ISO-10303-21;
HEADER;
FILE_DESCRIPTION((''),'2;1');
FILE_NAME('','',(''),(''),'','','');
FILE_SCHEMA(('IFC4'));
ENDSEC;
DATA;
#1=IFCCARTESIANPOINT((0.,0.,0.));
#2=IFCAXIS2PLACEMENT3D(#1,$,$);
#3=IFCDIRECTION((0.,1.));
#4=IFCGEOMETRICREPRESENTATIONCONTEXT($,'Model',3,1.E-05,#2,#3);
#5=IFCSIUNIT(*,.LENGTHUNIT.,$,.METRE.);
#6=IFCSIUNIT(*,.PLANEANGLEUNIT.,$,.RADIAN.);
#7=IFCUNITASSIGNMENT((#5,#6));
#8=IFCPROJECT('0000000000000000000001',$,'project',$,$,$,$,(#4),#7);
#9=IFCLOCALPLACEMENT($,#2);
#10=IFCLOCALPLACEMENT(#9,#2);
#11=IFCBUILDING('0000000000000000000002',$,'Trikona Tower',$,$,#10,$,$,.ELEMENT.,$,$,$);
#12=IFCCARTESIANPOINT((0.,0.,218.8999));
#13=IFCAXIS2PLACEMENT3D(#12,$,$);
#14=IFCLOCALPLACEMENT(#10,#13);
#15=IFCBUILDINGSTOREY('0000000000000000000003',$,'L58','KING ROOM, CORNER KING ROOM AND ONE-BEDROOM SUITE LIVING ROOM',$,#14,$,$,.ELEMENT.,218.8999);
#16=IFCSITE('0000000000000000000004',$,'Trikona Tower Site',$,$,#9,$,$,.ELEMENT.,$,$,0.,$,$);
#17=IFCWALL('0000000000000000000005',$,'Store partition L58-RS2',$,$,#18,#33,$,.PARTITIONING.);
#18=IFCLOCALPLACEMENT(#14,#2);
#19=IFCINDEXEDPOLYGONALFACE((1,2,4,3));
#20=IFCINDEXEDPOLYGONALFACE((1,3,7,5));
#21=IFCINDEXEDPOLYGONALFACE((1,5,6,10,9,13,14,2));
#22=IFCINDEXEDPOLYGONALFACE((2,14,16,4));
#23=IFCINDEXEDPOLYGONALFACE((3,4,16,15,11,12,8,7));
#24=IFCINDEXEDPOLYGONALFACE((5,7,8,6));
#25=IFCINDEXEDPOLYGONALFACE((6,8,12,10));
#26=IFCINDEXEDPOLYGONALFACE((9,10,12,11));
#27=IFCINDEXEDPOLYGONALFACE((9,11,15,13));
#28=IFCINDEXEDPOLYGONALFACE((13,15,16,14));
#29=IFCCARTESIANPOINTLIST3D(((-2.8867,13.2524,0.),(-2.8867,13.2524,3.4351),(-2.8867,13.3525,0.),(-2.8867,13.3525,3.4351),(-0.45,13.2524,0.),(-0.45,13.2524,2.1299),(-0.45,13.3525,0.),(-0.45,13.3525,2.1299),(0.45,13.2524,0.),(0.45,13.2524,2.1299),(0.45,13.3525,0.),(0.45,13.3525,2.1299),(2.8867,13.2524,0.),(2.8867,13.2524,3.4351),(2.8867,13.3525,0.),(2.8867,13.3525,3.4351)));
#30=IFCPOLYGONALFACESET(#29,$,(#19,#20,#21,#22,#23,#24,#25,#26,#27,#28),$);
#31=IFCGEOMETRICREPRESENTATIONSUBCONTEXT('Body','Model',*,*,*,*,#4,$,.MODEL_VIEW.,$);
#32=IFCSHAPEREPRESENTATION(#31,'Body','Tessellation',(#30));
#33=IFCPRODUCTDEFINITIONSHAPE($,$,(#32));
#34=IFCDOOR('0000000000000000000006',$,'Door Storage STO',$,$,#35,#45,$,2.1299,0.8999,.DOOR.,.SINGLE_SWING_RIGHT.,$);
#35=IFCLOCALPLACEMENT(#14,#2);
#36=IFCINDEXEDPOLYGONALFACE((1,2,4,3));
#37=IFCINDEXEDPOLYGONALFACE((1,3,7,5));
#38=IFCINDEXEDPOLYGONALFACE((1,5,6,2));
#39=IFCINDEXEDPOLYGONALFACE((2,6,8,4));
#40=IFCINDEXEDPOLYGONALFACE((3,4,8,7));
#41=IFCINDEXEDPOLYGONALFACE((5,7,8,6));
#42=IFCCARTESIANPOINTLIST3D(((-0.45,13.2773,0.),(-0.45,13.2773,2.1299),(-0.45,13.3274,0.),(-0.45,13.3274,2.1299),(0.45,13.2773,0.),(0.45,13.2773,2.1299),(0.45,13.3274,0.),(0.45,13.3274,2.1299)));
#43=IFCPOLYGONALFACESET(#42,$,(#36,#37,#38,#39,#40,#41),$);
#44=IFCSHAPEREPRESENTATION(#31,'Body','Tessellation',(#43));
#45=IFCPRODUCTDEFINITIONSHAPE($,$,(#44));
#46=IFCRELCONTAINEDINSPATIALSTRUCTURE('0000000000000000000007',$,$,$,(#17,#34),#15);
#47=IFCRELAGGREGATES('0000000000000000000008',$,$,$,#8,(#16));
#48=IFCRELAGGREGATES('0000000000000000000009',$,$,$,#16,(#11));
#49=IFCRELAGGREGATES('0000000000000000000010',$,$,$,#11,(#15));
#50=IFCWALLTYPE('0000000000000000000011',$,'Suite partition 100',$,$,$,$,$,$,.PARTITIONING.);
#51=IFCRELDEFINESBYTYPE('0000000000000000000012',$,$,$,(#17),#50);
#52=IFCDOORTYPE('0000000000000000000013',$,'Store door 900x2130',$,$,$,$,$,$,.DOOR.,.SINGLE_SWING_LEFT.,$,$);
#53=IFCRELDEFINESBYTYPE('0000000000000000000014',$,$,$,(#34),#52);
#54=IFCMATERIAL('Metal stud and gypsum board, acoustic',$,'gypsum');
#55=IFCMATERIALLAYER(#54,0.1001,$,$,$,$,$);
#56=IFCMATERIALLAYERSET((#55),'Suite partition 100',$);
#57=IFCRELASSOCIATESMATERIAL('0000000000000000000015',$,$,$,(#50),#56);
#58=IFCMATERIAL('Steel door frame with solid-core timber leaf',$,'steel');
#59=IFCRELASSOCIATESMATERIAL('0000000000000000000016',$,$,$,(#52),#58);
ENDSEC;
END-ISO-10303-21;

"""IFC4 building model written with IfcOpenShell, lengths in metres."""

from ifc_helpers import new_model, si_unit, direction, frame, frame_2d, origin, place, context, subcontext, project, spatial, rectangle, extrude, material, layer, layer_set, type_object, element, fill, save


model = new_model("IFC4")

# Units and contexts
model_context = context("Model", 3, precision=1e-05, world=origin(), true_north=direction((0.0, 1.0)))
body_context = subcontext(model_context, "Body", "Model", "MODEL_VIEW")
ifc_project = project(units=[si_unit("LENGTHUNIT", "METRE"), si_unit("PLANEANGLEUNIT", "RADIAN")], contexts=[model_context])

# Site, building, storey
site_placement = place(None, origin())
site = spatial("IfcSite", under=ifc_project, at=site_placement, Name="Trikona Tower Site", CompositionType="ELEMENT", RefElevation=0.0)
building_placement = place(site_placement, origin())
building = spatial("IfcBuilding", under=site, at=building_placement, Name="Trikona Tower", CompositionType="ELEMENT")
storey_placement = place(building_placement, frame((0.0, 0.0, 218.8999)))
storey = spatial("IfcBuildingStorey", under=building, at=storey_placement, Name="L58", Description="KING ROOM, CORNER KING ROOM AND ONE-BEDROOM SUITE LIVING ROOM", CompositionType="ELEMENT", Elevation=218.8999)

# Wall, opening, door
ifc_material_1 = material(Name="Metal stud and gypsum board, acoustic", Category="gypsum")
ifc_layer_1 = layer(ifc_material_1, 0.1001)
ifc_layer_set_1 = layer_set([ifc_layer_1], Name="Suite partition 100")
wall_type_1 = type_object("IfcWallType", Name="Suite partition 100", PredefinedType="PARTITIONING", material=ifc_layer_set_1)
wall_1_placement = place(storey_placement, frame((-2.8867, 13.3025, 0.0), z_axis=(0.0, 0.0, 1.0), x_axis=(1.0, 0.0, 0.0)))
wall_1 = element("IfcWall", 1, at=wall_1_placement, inside=storey, type_object=wall_type_1, Name="Store partition L58-RS2", PredefinedType="PARTITIONING", context=body_context, shape_type="SweptSolid", body=[
    extrude(rectangle(XDim=5.7734, YDim=0.1001, at=frame_2d((2.8867, 0.0))), origin(), (0.0, 0.0, 1.0), 3.4351),
])
opening_1_placement = place(wall_1_placement, frame((2.4368, 0.0, 0.0)))
opening_1 = element("IfcOpeningElement", 2, at=opening_1_placement, cuts=wall_1, PredefinedType="OPENING", context=body_context, shape_type="SweptSolid", body=[
    extrude(rectangle(XDim=0.8999, YDim=2.1299, at=frame_2d((0.45, 1.0649))), frame((0.0, 0.0601, 0.0), z_axis=(0.0, -1.0, 0.0), x_axis=(1.0, 0.0, 0.0)), (0.0, 0.0, 1.0), 0.1201),
])
ifc_material_2 = material(Name="Steel door frame with solid-core timber leaf", Category="steel")
door_type_1 = type_object("IfcDoorType", Name="Store door 900x2130", OperationType="SINGLE_SWING_LEFT", PredefinedType="DOOR", material=ifc_material_2)
door_1_placement = place(opening_1_placement, origin())
door_1 = element("IfcDoor", 3, at=door_1_placement, inside=storey, type_object=door_type_1, Name="Door Storage STO", OperationType="SINGLE_SWING_RIGHT", OverallHeight=2.1299, OverallWidth=0.8999, PredefinedType="DOOR", context=body_context, shape_type="SweptSolid", body=[
    extrude(rectangle(XDim=0.8999, YDim=2.1299, at=frame_2d((0.45, 1.0649))), frame((0.0, 0.0249, 0.0), z_axis=(0.0, -1.0, 0.0), x_axis=(1.0, 0.0, 0.0)), (0.0, 0.0, 1.0), 0.05),
])
fill(opening_1, door_1)

save(model, "model.ifc")
